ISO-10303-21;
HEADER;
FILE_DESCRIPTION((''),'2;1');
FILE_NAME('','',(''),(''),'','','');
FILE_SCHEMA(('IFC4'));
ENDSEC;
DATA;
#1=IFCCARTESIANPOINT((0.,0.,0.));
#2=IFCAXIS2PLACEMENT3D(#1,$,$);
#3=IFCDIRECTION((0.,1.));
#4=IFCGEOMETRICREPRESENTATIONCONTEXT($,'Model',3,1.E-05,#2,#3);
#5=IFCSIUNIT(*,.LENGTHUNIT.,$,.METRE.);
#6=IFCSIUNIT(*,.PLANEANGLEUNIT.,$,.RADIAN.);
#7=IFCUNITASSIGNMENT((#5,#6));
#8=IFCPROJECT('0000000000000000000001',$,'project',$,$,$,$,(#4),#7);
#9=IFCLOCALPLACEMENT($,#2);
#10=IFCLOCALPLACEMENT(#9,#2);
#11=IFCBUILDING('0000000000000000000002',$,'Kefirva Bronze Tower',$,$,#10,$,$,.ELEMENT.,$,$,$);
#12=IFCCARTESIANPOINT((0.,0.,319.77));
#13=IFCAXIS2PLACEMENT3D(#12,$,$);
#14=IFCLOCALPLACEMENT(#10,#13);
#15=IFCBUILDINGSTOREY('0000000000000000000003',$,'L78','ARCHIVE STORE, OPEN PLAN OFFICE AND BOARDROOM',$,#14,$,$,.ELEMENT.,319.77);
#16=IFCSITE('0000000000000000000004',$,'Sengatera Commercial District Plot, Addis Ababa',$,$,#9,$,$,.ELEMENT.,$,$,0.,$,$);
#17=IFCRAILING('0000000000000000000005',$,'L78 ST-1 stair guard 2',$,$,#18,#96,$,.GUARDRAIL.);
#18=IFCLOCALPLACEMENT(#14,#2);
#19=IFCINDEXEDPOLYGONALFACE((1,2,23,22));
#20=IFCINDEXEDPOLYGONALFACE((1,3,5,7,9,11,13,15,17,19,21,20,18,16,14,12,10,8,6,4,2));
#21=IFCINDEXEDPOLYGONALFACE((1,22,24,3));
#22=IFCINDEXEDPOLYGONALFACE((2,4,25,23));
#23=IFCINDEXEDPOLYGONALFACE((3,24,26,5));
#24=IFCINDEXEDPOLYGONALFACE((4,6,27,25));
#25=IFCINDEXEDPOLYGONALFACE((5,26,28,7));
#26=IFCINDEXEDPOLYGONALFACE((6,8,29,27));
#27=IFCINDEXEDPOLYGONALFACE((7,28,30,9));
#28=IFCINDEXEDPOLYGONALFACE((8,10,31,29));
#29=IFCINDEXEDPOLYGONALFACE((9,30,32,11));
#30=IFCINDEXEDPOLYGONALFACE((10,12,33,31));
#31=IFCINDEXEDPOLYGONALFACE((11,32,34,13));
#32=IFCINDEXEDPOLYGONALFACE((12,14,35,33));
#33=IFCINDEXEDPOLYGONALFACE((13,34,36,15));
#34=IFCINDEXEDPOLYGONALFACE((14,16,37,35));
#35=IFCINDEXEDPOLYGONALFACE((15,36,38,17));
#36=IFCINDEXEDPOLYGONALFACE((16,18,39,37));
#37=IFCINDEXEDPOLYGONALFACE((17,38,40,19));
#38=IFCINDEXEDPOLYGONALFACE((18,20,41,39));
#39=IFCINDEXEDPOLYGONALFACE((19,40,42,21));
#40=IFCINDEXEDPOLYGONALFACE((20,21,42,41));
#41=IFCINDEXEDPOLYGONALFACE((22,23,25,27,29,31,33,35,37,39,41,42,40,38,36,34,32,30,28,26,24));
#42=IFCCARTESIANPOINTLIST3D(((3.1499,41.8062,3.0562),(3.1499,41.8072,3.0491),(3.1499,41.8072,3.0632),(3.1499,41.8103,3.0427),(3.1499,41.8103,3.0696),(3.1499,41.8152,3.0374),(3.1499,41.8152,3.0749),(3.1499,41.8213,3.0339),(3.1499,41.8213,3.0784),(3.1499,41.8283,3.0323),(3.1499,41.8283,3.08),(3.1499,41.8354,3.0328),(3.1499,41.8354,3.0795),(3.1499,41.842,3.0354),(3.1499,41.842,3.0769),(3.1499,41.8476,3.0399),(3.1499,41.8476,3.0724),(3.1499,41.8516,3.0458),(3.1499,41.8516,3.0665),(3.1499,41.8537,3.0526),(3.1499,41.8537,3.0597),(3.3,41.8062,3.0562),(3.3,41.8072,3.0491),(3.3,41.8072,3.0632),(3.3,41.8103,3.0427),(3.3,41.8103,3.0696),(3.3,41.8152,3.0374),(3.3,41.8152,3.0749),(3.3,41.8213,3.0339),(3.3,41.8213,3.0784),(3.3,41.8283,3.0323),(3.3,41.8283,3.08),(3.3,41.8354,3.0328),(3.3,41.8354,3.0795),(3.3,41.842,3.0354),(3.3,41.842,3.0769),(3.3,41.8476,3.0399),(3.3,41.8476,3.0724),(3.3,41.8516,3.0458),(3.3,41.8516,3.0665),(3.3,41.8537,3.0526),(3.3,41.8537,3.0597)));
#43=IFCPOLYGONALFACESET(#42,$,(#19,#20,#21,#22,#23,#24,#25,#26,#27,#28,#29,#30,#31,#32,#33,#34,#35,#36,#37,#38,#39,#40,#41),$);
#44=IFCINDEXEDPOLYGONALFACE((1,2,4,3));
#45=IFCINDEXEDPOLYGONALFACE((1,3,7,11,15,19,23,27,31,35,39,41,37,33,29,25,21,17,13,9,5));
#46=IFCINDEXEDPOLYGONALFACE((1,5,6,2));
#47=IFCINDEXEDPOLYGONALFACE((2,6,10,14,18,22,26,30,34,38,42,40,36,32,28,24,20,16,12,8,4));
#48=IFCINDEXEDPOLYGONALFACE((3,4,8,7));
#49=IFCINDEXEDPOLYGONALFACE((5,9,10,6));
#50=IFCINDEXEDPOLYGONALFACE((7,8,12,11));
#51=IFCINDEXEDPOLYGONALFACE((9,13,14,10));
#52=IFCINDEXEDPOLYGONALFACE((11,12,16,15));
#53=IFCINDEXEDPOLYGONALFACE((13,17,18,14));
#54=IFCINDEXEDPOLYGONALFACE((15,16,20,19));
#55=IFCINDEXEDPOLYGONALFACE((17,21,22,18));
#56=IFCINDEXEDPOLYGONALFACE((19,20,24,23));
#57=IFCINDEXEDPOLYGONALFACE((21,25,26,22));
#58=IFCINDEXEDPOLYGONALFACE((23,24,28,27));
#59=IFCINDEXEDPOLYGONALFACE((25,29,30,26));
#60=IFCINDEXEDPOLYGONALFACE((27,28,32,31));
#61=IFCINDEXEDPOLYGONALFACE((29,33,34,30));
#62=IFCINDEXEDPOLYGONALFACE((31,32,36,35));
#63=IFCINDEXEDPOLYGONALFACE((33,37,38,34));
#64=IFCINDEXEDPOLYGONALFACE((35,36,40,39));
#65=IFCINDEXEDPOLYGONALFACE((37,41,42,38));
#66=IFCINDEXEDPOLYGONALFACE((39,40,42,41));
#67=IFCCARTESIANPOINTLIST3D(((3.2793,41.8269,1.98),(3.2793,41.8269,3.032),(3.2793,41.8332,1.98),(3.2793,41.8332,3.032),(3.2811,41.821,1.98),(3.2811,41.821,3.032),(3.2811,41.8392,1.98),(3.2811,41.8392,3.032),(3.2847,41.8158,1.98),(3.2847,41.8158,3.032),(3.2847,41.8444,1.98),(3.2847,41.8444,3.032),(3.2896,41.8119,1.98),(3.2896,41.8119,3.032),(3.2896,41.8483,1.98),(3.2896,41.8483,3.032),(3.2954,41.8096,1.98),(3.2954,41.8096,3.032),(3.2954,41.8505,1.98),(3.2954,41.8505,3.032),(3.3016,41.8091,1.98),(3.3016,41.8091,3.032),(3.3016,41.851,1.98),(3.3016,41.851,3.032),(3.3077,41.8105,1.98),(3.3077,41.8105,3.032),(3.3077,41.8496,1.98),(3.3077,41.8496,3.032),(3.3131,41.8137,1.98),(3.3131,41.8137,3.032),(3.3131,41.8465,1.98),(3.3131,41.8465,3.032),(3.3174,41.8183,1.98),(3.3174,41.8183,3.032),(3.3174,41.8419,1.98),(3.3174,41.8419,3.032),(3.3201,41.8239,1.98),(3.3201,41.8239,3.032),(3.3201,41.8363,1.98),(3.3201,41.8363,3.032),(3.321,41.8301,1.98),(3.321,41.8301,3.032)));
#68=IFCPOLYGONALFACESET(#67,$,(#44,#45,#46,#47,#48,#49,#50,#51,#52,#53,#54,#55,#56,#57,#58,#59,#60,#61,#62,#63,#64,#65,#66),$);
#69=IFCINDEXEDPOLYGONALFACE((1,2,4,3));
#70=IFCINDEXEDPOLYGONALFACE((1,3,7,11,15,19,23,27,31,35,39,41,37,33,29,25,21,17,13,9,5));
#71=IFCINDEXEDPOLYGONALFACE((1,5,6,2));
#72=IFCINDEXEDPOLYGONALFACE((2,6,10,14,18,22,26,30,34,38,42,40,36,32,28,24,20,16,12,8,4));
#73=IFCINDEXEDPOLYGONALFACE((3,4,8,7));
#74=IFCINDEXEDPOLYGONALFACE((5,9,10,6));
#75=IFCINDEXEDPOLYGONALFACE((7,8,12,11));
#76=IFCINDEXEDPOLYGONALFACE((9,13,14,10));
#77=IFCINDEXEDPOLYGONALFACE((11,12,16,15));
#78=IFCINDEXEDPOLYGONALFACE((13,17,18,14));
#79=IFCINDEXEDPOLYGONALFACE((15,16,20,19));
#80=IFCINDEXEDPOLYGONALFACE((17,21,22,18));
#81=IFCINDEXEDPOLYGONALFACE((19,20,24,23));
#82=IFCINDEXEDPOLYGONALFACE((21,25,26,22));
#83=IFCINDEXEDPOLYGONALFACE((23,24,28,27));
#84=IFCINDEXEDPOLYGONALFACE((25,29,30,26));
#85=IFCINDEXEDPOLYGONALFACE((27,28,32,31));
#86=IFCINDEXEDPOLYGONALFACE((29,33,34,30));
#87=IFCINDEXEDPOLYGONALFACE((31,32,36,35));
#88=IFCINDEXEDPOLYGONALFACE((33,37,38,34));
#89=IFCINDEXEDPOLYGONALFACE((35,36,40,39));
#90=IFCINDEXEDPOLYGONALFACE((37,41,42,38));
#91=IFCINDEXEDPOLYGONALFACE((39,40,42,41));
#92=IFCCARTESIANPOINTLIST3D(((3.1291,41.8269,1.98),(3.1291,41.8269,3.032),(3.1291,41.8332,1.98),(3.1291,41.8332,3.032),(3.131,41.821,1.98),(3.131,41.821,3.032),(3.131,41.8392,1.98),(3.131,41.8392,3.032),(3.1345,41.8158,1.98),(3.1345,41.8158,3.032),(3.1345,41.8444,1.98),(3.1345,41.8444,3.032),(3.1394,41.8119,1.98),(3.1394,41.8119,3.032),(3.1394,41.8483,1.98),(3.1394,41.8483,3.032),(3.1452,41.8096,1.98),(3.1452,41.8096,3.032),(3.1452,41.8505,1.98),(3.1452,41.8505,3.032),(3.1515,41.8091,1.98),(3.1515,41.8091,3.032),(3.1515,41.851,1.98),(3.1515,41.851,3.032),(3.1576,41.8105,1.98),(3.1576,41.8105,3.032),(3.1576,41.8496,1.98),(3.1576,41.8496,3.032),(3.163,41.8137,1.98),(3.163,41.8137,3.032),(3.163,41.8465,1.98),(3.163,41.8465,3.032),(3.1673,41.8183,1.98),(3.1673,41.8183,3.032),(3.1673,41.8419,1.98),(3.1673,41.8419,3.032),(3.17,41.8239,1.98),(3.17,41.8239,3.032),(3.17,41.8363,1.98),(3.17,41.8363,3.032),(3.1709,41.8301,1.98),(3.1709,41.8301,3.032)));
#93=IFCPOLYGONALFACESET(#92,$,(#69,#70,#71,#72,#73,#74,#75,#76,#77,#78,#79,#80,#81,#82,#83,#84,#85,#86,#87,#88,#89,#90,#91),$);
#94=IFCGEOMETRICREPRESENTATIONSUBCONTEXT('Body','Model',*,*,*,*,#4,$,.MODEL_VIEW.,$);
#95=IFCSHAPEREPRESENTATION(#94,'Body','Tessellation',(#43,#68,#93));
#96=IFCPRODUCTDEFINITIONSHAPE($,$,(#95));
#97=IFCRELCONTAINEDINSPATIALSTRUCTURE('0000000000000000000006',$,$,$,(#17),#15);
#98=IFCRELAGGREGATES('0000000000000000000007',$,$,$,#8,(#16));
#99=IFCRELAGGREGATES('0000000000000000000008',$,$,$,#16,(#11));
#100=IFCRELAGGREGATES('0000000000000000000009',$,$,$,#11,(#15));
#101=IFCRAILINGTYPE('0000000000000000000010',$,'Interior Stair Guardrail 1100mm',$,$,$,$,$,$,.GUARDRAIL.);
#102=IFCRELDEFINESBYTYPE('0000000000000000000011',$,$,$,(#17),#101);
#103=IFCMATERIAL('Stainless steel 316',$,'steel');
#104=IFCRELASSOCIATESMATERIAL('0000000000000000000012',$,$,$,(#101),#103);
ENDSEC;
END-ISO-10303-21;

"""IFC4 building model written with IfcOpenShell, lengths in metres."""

from ifc_helpers import new_model, si_unit, direction, frame, origin, origin_2d, place, context, subcontext, project, spatial, circle, extrude, material, type_object, element, save


model = new_model("IFC4")

# Units and contexts
model_context = context("Model", 3, precision=1e-05, world=origin(), true_north=direction((0.0, 1.0)))
body_context = subcontext(model_context, "Body", "Model", "MODEL_VIEW")
ifc_project = project(units=[si_unit("LENGTHUNIT", "METRE"), si_unit("PLANEANGLEUNIT", "RADIAN")], contexts=[model_context])

# Site, building, storey
site_placement = place(None, origin())
site = spatial("IfcSite", under=ifc_project, at=site_placement, Name="Sengatera Commercial District Plot, Addis Ababa", CompositionType="ELEMENT", RefElevation=0.0)
building_placement = place(site_placement, origin())
building = spatial("IfcBuilding", under=site, at=building_placement, Name="Kefirva Bronze Tower", CompositionType="ELEMENT")
storey_placement = place(building_placement, frame((0.0, 0.0, 319.77)))
storey = spatial("IfcBuildingStorey", under=building, at=storey_placement, Name="L78", Description="ARCHIVE STORE, OPEN PLAN OFFICE AND BOARDROOM", CompositionType="ELEMENT", Elevation=319.77)

# Railing
ifc_material_1 = material(Name="Stainless steel 316", Category="steel")
railing_type_1 = type_object("IfcRailingType", Name="Interior Stair Guardrail 1100mm", PredefinedType="GUARDRAIL", material=ifc_material_1)
railing_1_placement = place(storey_placement, frame((3.3, 41.8301, 1.98)))
element("IfcRailing", 1, at=railing_1_placement, inside=storey, type_object=railing_type_1, Name="L78 ST-1 stair guard 2", PredefinedType="GUARDRAIL", context=body_context, shape_type="SweptSolid", body=[
    extrude(circle(Radius=0.0239, at=origin_2d()), frame((0.0, 0.0, 1.0762), z_axis=(-1.0, 0.0, 0.0), x_axis=(0.0, -1.0, 0.0)), (0.0, 0.0, 1.0), 0.1501),
    extrude(circle(Radius=0.021, at=origin_2d()), origin(), (0.0, 0.0, 1.0), 1.052),
    extrude(circle(Radius=0.021, at=origin_2d()), frame((-0.1501, 0.0, 0.0)), (0.0, 0.0, 1.0), 1.052),
])

save(model, "model.ifc")
